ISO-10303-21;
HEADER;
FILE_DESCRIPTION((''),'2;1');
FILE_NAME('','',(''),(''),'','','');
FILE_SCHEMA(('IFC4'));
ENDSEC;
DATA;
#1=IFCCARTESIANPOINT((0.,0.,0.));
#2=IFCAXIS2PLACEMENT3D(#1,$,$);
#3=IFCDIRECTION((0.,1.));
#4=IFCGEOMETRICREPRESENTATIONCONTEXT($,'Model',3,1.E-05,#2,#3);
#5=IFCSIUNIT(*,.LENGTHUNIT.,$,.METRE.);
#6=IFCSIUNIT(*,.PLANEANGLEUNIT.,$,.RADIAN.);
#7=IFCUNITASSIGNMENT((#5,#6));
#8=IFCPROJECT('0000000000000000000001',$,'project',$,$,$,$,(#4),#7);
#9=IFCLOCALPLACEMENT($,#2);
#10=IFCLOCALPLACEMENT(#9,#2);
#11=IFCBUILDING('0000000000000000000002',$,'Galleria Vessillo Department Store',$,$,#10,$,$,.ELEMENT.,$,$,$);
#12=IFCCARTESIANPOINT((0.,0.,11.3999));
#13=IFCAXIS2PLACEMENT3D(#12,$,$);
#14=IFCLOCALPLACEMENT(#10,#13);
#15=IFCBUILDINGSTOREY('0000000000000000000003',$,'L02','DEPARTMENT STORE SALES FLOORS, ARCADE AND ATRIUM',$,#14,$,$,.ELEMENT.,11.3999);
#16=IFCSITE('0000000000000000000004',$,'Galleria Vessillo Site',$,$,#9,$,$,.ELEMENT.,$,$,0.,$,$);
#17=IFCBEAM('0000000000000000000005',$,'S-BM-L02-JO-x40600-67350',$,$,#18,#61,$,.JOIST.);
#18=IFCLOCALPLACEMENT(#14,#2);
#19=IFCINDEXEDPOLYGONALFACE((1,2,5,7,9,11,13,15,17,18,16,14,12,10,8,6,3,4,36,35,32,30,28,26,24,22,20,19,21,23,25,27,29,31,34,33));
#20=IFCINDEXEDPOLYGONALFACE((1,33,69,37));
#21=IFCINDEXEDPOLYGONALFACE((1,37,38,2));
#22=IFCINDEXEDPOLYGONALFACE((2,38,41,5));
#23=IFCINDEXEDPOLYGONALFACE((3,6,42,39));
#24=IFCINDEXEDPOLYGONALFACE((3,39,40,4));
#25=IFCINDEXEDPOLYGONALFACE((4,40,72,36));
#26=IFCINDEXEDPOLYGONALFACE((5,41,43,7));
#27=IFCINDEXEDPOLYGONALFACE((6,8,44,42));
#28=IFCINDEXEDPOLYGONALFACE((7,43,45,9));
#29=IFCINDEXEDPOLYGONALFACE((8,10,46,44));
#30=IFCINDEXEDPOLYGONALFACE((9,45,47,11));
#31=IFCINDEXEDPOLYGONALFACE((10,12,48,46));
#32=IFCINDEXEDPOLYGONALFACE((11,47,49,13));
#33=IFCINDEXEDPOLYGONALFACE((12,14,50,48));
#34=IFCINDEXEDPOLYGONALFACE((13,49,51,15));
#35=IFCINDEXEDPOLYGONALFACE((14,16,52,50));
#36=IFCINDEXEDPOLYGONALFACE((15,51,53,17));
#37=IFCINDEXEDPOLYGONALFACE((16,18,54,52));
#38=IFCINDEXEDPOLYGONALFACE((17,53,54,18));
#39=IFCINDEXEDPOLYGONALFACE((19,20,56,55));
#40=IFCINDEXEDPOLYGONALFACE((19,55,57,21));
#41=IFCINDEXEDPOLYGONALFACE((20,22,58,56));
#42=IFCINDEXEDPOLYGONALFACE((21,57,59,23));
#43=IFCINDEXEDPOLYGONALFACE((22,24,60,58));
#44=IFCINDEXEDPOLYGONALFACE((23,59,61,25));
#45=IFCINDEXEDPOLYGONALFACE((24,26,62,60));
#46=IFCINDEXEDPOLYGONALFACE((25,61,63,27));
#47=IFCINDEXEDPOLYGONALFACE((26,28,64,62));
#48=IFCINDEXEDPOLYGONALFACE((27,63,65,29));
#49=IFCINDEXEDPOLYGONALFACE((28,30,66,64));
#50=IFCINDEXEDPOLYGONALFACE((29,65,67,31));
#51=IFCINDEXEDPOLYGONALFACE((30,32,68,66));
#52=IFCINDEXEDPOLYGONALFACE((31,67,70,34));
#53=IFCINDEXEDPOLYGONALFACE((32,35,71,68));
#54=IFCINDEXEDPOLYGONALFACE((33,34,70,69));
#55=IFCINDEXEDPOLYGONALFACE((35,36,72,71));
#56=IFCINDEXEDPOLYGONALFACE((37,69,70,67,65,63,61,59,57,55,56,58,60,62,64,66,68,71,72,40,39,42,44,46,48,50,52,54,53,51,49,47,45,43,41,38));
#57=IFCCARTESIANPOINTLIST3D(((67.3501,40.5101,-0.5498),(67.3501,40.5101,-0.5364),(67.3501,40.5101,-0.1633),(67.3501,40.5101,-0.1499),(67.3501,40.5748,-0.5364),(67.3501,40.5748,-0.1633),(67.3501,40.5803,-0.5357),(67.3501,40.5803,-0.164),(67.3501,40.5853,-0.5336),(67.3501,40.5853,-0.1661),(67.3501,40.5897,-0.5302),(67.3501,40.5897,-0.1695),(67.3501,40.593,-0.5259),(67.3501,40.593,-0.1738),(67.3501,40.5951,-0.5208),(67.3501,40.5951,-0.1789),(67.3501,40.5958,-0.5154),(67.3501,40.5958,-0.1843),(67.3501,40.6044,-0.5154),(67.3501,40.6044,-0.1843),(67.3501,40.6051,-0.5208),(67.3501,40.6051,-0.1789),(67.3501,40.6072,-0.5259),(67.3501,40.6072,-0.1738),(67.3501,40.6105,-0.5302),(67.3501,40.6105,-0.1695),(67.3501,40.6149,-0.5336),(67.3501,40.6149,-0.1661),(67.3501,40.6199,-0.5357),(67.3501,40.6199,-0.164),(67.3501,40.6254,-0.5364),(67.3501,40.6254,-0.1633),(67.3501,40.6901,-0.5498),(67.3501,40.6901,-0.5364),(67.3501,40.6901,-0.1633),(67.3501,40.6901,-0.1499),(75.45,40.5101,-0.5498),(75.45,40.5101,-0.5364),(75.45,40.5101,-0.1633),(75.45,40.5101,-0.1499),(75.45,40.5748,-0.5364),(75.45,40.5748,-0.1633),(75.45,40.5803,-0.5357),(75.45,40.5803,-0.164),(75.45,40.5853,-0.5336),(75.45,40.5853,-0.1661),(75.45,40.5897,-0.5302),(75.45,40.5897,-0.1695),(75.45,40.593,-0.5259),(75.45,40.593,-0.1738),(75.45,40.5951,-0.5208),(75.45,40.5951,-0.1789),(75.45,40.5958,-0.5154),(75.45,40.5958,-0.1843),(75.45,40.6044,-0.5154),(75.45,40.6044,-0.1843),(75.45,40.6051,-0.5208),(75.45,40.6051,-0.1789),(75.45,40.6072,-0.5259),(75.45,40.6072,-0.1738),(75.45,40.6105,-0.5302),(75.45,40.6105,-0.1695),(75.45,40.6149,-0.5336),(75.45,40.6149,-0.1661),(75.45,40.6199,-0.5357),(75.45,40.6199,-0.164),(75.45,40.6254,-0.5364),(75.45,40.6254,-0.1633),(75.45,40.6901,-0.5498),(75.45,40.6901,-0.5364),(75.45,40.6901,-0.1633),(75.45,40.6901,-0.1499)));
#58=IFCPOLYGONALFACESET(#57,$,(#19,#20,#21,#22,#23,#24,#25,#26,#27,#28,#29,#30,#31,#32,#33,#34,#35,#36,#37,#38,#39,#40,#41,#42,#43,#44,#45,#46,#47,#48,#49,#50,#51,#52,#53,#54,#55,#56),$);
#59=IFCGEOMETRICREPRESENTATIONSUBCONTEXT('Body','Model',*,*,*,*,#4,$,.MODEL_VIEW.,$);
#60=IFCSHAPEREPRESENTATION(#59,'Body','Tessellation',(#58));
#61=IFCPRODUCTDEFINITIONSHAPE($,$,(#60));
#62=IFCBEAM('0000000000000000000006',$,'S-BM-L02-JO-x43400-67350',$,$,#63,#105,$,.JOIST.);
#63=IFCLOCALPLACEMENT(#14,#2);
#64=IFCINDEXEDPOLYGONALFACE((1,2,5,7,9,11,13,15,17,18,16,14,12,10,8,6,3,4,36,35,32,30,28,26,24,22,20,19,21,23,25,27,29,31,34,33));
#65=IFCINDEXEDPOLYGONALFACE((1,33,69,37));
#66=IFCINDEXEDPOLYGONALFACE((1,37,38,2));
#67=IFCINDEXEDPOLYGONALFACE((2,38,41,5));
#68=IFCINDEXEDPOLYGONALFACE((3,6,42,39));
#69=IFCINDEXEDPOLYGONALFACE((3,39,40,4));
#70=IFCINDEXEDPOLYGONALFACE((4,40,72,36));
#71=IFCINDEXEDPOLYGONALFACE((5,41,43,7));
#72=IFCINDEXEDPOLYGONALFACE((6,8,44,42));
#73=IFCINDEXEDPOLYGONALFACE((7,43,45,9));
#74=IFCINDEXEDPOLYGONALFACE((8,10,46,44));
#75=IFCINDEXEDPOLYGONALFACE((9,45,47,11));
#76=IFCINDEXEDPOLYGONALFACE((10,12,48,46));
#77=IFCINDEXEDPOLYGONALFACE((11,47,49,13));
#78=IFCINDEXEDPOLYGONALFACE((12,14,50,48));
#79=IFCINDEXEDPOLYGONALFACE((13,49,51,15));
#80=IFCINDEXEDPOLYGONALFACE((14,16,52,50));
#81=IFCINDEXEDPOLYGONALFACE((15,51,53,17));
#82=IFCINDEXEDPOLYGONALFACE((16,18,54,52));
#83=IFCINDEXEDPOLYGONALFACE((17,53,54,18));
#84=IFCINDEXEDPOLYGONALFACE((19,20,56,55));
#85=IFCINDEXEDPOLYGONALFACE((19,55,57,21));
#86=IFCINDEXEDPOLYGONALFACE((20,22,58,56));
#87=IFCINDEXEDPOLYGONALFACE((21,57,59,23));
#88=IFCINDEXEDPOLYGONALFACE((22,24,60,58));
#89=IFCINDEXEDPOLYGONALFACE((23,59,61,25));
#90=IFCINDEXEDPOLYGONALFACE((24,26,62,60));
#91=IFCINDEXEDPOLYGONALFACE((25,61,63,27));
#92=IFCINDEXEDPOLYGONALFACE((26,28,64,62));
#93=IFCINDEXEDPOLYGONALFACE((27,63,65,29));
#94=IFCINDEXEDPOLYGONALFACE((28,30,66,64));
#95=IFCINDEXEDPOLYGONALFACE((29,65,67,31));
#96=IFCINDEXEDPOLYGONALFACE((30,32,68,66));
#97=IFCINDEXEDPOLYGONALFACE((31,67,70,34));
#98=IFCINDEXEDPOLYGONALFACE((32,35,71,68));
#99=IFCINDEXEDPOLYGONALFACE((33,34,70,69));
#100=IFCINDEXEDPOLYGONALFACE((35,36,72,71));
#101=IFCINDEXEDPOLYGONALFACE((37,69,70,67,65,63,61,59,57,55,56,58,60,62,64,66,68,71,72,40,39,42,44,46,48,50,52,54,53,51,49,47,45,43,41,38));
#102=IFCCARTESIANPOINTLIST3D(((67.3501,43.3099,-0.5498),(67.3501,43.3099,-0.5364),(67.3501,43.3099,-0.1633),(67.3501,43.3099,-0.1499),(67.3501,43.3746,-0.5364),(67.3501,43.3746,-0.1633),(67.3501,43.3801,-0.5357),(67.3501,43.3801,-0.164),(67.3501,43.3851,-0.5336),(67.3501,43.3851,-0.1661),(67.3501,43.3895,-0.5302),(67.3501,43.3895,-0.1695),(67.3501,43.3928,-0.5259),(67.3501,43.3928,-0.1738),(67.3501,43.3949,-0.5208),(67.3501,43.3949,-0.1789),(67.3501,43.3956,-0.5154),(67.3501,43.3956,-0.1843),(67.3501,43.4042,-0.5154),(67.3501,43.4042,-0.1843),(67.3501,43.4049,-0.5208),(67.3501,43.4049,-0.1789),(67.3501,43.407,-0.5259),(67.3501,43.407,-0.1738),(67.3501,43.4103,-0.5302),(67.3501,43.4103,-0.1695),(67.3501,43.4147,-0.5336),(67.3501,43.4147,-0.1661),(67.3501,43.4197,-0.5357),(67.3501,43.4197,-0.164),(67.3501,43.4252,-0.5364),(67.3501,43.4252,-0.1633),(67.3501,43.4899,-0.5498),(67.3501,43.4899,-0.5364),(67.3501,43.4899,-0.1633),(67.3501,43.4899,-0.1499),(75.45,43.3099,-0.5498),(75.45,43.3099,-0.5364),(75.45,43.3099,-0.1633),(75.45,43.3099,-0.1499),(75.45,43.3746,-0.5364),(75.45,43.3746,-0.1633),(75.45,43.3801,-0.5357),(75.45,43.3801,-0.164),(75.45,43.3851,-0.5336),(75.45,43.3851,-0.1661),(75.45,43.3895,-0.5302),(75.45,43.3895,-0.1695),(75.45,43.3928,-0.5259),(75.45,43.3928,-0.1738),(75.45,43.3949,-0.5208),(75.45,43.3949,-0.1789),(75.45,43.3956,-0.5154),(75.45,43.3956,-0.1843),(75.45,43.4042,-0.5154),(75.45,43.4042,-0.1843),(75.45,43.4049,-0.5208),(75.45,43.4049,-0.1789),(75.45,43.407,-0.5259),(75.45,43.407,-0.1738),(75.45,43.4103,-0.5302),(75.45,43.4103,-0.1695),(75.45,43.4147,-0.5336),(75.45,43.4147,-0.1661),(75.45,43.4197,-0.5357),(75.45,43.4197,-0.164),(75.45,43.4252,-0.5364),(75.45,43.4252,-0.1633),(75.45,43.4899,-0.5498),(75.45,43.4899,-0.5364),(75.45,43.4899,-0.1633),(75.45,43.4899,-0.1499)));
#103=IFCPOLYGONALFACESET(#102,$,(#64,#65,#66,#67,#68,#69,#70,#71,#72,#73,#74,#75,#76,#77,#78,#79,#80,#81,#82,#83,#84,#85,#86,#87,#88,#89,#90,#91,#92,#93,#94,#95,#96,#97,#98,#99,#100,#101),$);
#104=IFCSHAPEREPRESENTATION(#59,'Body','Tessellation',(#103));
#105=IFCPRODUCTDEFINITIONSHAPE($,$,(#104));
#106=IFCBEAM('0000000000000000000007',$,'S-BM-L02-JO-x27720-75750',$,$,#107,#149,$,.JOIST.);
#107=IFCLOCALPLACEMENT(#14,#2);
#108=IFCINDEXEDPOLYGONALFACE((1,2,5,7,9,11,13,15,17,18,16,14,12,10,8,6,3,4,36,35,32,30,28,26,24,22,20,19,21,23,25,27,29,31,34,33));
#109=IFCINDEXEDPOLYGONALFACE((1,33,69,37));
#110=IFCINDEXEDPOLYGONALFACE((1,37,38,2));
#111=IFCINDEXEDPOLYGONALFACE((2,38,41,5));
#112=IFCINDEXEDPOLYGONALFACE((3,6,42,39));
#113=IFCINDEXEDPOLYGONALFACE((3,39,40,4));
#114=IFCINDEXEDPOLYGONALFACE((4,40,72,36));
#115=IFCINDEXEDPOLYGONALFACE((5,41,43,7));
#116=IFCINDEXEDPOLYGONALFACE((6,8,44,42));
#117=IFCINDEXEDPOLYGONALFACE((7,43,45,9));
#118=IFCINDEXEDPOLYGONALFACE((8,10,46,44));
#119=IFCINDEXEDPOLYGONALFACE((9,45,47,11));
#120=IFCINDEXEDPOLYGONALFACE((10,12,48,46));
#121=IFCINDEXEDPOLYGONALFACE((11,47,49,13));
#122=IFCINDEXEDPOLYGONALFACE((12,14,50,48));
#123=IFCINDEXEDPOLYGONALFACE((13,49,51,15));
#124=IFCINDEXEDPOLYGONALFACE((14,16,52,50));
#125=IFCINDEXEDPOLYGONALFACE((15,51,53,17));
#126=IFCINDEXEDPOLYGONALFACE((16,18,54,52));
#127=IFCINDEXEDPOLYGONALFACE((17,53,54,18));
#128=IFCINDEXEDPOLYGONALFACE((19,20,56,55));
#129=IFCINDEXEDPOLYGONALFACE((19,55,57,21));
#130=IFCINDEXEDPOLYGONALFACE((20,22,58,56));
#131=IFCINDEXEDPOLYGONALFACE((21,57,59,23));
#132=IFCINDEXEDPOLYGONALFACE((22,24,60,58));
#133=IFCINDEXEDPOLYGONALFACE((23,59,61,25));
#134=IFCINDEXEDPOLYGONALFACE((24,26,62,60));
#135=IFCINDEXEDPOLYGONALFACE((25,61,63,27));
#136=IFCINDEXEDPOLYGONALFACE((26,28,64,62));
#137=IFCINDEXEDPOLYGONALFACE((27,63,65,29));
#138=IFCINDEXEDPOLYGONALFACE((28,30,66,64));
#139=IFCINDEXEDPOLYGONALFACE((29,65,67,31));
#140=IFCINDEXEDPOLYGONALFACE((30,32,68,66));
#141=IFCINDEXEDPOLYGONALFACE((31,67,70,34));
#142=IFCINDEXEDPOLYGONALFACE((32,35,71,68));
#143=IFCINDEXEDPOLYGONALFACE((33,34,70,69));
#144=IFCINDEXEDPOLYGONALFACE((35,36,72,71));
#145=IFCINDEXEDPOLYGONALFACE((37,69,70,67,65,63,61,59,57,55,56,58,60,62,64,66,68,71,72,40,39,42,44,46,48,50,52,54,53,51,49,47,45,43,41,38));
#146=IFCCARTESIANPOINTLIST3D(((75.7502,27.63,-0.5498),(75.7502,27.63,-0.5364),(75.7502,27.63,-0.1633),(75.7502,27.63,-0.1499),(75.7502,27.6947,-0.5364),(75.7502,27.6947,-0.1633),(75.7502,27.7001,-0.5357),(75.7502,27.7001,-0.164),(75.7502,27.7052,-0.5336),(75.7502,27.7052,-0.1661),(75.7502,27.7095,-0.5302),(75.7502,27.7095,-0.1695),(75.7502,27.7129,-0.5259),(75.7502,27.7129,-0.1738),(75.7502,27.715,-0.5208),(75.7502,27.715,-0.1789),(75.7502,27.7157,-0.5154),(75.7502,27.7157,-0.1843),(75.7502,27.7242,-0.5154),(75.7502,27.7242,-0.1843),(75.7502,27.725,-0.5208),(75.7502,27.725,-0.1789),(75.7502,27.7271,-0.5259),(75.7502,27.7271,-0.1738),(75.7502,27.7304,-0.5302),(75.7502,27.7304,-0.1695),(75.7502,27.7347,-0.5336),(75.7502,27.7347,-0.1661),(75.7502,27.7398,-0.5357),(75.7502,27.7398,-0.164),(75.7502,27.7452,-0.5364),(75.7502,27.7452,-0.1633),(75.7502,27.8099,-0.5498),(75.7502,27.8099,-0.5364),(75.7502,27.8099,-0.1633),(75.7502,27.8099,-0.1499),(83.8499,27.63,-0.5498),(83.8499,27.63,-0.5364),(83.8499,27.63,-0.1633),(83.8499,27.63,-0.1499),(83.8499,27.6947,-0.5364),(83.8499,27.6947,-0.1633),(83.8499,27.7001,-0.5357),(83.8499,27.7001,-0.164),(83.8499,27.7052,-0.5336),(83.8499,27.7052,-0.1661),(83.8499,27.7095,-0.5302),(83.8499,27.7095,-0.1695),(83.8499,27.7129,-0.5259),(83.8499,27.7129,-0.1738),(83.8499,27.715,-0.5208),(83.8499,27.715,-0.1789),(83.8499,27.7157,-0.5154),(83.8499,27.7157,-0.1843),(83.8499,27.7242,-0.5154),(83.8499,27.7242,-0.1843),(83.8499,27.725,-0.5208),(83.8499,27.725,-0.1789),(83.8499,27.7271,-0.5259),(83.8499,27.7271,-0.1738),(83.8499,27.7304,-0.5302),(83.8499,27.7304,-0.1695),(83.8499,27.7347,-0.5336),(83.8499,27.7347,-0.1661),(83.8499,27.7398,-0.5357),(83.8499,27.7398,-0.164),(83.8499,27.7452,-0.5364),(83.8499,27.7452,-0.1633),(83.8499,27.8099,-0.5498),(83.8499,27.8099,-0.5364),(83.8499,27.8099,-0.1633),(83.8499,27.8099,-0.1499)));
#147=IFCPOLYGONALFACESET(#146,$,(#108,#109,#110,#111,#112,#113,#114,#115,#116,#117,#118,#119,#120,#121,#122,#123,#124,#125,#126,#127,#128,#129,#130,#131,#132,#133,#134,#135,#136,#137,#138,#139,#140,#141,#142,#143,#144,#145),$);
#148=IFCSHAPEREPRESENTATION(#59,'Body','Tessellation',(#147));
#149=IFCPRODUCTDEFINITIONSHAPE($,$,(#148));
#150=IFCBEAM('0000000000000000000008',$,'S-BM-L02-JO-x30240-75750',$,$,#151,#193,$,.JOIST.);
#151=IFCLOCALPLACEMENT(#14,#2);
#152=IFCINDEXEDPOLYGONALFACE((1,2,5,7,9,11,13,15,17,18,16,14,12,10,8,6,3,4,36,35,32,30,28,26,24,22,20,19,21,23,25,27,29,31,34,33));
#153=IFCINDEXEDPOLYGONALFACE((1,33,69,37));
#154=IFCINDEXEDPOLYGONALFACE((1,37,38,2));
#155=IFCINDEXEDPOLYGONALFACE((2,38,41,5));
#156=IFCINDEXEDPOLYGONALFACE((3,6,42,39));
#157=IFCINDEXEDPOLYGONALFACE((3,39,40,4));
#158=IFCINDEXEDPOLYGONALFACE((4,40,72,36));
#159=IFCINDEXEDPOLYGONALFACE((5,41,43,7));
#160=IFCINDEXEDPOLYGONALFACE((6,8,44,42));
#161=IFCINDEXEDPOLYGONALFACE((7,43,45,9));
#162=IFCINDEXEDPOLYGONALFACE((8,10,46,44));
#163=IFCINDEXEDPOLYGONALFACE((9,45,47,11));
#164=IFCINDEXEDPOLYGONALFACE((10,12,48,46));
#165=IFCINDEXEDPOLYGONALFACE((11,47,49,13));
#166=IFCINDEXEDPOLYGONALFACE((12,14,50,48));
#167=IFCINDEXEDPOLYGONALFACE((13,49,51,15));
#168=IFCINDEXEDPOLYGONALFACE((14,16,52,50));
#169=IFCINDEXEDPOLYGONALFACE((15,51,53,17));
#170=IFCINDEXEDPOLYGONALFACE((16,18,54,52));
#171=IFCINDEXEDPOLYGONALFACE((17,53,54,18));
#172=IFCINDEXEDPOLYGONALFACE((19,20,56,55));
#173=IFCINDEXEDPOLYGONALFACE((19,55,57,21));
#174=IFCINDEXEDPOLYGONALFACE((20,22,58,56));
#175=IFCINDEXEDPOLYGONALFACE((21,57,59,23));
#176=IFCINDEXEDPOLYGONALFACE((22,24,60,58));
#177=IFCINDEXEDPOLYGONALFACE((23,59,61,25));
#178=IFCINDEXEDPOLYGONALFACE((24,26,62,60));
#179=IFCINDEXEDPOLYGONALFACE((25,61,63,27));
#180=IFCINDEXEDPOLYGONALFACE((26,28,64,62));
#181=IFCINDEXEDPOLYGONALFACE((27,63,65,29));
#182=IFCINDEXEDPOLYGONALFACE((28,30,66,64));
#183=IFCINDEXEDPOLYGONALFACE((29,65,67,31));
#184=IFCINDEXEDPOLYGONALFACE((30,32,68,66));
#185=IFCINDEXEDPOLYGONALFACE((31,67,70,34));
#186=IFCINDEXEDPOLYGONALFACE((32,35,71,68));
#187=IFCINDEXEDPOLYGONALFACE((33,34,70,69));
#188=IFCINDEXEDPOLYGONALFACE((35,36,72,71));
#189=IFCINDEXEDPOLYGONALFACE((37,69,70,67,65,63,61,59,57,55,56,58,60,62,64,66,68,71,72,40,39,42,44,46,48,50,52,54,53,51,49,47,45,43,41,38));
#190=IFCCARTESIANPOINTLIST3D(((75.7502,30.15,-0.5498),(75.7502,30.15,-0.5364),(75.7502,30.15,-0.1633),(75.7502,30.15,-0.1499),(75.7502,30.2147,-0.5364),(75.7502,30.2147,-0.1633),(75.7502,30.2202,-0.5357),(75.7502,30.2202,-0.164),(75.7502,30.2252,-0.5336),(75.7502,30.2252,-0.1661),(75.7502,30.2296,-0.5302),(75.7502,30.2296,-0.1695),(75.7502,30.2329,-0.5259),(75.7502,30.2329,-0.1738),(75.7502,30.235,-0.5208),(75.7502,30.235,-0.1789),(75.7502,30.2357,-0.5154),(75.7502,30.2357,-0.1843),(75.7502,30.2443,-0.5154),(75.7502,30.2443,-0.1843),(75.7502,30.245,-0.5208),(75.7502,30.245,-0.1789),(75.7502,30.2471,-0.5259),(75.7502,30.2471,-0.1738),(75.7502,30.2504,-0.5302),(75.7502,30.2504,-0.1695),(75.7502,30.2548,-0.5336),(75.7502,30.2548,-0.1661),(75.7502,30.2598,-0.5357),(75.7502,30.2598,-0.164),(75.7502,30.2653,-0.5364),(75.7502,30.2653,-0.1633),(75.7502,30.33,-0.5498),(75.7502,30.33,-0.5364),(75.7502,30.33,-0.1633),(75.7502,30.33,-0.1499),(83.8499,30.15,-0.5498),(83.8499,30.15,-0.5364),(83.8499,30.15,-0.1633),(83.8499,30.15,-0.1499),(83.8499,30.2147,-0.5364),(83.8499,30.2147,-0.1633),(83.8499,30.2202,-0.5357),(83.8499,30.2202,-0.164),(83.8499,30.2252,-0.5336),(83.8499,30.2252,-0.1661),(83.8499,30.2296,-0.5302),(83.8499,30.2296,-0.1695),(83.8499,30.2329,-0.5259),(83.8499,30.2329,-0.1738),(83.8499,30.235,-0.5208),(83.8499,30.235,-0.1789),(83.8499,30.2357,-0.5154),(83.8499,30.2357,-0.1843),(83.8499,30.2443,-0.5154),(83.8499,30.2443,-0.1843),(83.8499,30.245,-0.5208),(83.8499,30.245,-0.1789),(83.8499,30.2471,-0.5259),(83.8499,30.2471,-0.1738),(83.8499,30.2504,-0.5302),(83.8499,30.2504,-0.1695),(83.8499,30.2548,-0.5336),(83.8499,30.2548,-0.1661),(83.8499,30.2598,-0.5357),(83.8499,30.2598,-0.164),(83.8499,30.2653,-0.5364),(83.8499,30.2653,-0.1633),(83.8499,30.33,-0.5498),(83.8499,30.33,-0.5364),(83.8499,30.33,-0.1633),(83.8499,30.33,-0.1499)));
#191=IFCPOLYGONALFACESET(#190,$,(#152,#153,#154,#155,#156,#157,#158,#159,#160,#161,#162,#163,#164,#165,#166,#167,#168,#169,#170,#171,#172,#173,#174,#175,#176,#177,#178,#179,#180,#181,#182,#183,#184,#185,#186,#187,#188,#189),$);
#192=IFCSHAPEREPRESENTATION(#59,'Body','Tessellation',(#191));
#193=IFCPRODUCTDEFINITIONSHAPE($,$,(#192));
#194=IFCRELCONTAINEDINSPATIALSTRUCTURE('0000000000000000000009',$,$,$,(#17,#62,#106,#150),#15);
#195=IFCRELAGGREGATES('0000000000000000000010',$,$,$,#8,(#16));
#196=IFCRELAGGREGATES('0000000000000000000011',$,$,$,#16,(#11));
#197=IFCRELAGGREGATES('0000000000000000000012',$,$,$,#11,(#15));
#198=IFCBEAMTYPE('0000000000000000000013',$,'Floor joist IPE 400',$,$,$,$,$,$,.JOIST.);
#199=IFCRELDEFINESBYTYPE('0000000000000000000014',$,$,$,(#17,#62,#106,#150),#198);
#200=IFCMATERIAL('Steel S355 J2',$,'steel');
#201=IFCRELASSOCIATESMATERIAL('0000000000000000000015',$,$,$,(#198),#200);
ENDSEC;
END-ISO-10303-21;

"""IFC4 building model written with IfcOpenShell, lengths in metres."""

from ifc_helpers import new_model, si_unit, direction, frame, origin, origin_2d, place, context, subcontext, project, spatial, i_section, extrude, material, material_profile, profile_set, type_object, element, save


model = new_model("IFC4")

# Units and contexts
model_context = context("Model", 3, precision=1e-05, world=origin(), true_north=direction((0.0, 1.0)))
body_context = subcontext(model_context, "Body", "Model", "MODEL_VIEW")
ifc_project = project(units=[si_unit("LENGTHUNIT", "METRE"), si_unit("PLANEANGLEUNIT", "RADIAN")], contexts=[model_context])

# Site, building, storey
site_placement = place(None, origin())
site = spatial("IfcSite", under=ifc_project, at=site_placement, Name="Galleria Vessillo Site", CompositionType="ELEMENT", RefElevation=0.0)
building_placement = place(site_placement, origin())
building = spatial("IfcBuilding", under=site, at=building_placement, Name="Galleria Vessillo Department Store", CompositionType="ELEMENT")
storey_placement = place(building_placement, frame((0.0, 0.0, 11.3999)))
storey = spatial("IfcBuildingStorey", under=building, at=storey_placement, Name="L02", Description="DEPARTMENT STORE SALES FLOORS, ARCADE AND ATRIUM", CompositionType="ELEMENT", Elevation=11.3999)

# Beams
ifc_material_1 = material(Name="Steel S355 J2", Category="steel")
ifc_material_profile_1 = material_profile(ifc_material_1, i_section(OverallWidth=0.1799, OverallDepth=0.3999, WebThickness=0.0085, FlangeThickness=0.0134, FilletRadius=0.021, at=origin_2d()), Name="IPE 400")
ifc_profile_set_1 = profile_set([ifc_material_profile_1], Name="Steel S355 J2")
beam_type_1 = type_object("IfcBeamType", Name="Floor joist IPE 400", PredefinedType="JOIST", material=ifc_profile_set_1)
for number, where, z_axis, x_axis, name in (
    (1, (67.3501, 40.6001, -0.3499), (1.0, 0.0, 0.0), (0.0, 1.0, 0.0), "S-BM-L02-JO-x40600-67350"),
    (2, (67.3501, 43.3999, -0.3499), (1.0, 0.0, 0.0), (0.0, 1.0, 0.0), "S-BM-L02-JO-x43400-67350"),
):
    element("IfcBeam", number, at=place(storey_placement, frame(where, z_axis=z_axis, x_axis=x_axis)), inside=storey, type_object=beam_type_1, Name=name, PredefinedType="JOIST", context=body_context, shape_type="SweptSolid", body=[
        extrude(i_section(OverallWidth=0.1799, OverallDepth=0.3999, WebThickness=0.0085, FlangeThickness=0.0134, FilletRadius=0.021, at=origin_2d()), origin(), (0.0, 0.0, 1.0), 8.0999),
    ])
for number, where, z_axis, x_axis, name in (
    (3, (75.7502, 27.72, -0.3499), (1.0, 0.0, 0.0), (0.0, 1.0, 0.0), "S-BM-L02-JO-x27720-75750"),
    (4, (75.7502, 30.24, -0.3499), (1.0, 0.0, 0.0), (0.0, 1.0, 0.0), "S-BM-L02-JO-x30240-75750"),
):
    element("IfcBeam", number, at=place(storey_placement, frame(where, z_axis=z_axis, x_axis=x_axis)), inside=storey, type_object=beam_type_1, Name=name, PredefinedType="JOIST", context=body_context, shape_type="SweptSolid", body=[
        extrude(i_section(OverallWidth=0.1799, OverallDepth=0.3999, WebThickness=0.0085, FlangeThickness=0.0134, FilletRadius=0.021, at=origin_2d()), origin(), (0.0, 0.0, 1.0), 8.0996),
    ])

save(model, "model.ifc")
